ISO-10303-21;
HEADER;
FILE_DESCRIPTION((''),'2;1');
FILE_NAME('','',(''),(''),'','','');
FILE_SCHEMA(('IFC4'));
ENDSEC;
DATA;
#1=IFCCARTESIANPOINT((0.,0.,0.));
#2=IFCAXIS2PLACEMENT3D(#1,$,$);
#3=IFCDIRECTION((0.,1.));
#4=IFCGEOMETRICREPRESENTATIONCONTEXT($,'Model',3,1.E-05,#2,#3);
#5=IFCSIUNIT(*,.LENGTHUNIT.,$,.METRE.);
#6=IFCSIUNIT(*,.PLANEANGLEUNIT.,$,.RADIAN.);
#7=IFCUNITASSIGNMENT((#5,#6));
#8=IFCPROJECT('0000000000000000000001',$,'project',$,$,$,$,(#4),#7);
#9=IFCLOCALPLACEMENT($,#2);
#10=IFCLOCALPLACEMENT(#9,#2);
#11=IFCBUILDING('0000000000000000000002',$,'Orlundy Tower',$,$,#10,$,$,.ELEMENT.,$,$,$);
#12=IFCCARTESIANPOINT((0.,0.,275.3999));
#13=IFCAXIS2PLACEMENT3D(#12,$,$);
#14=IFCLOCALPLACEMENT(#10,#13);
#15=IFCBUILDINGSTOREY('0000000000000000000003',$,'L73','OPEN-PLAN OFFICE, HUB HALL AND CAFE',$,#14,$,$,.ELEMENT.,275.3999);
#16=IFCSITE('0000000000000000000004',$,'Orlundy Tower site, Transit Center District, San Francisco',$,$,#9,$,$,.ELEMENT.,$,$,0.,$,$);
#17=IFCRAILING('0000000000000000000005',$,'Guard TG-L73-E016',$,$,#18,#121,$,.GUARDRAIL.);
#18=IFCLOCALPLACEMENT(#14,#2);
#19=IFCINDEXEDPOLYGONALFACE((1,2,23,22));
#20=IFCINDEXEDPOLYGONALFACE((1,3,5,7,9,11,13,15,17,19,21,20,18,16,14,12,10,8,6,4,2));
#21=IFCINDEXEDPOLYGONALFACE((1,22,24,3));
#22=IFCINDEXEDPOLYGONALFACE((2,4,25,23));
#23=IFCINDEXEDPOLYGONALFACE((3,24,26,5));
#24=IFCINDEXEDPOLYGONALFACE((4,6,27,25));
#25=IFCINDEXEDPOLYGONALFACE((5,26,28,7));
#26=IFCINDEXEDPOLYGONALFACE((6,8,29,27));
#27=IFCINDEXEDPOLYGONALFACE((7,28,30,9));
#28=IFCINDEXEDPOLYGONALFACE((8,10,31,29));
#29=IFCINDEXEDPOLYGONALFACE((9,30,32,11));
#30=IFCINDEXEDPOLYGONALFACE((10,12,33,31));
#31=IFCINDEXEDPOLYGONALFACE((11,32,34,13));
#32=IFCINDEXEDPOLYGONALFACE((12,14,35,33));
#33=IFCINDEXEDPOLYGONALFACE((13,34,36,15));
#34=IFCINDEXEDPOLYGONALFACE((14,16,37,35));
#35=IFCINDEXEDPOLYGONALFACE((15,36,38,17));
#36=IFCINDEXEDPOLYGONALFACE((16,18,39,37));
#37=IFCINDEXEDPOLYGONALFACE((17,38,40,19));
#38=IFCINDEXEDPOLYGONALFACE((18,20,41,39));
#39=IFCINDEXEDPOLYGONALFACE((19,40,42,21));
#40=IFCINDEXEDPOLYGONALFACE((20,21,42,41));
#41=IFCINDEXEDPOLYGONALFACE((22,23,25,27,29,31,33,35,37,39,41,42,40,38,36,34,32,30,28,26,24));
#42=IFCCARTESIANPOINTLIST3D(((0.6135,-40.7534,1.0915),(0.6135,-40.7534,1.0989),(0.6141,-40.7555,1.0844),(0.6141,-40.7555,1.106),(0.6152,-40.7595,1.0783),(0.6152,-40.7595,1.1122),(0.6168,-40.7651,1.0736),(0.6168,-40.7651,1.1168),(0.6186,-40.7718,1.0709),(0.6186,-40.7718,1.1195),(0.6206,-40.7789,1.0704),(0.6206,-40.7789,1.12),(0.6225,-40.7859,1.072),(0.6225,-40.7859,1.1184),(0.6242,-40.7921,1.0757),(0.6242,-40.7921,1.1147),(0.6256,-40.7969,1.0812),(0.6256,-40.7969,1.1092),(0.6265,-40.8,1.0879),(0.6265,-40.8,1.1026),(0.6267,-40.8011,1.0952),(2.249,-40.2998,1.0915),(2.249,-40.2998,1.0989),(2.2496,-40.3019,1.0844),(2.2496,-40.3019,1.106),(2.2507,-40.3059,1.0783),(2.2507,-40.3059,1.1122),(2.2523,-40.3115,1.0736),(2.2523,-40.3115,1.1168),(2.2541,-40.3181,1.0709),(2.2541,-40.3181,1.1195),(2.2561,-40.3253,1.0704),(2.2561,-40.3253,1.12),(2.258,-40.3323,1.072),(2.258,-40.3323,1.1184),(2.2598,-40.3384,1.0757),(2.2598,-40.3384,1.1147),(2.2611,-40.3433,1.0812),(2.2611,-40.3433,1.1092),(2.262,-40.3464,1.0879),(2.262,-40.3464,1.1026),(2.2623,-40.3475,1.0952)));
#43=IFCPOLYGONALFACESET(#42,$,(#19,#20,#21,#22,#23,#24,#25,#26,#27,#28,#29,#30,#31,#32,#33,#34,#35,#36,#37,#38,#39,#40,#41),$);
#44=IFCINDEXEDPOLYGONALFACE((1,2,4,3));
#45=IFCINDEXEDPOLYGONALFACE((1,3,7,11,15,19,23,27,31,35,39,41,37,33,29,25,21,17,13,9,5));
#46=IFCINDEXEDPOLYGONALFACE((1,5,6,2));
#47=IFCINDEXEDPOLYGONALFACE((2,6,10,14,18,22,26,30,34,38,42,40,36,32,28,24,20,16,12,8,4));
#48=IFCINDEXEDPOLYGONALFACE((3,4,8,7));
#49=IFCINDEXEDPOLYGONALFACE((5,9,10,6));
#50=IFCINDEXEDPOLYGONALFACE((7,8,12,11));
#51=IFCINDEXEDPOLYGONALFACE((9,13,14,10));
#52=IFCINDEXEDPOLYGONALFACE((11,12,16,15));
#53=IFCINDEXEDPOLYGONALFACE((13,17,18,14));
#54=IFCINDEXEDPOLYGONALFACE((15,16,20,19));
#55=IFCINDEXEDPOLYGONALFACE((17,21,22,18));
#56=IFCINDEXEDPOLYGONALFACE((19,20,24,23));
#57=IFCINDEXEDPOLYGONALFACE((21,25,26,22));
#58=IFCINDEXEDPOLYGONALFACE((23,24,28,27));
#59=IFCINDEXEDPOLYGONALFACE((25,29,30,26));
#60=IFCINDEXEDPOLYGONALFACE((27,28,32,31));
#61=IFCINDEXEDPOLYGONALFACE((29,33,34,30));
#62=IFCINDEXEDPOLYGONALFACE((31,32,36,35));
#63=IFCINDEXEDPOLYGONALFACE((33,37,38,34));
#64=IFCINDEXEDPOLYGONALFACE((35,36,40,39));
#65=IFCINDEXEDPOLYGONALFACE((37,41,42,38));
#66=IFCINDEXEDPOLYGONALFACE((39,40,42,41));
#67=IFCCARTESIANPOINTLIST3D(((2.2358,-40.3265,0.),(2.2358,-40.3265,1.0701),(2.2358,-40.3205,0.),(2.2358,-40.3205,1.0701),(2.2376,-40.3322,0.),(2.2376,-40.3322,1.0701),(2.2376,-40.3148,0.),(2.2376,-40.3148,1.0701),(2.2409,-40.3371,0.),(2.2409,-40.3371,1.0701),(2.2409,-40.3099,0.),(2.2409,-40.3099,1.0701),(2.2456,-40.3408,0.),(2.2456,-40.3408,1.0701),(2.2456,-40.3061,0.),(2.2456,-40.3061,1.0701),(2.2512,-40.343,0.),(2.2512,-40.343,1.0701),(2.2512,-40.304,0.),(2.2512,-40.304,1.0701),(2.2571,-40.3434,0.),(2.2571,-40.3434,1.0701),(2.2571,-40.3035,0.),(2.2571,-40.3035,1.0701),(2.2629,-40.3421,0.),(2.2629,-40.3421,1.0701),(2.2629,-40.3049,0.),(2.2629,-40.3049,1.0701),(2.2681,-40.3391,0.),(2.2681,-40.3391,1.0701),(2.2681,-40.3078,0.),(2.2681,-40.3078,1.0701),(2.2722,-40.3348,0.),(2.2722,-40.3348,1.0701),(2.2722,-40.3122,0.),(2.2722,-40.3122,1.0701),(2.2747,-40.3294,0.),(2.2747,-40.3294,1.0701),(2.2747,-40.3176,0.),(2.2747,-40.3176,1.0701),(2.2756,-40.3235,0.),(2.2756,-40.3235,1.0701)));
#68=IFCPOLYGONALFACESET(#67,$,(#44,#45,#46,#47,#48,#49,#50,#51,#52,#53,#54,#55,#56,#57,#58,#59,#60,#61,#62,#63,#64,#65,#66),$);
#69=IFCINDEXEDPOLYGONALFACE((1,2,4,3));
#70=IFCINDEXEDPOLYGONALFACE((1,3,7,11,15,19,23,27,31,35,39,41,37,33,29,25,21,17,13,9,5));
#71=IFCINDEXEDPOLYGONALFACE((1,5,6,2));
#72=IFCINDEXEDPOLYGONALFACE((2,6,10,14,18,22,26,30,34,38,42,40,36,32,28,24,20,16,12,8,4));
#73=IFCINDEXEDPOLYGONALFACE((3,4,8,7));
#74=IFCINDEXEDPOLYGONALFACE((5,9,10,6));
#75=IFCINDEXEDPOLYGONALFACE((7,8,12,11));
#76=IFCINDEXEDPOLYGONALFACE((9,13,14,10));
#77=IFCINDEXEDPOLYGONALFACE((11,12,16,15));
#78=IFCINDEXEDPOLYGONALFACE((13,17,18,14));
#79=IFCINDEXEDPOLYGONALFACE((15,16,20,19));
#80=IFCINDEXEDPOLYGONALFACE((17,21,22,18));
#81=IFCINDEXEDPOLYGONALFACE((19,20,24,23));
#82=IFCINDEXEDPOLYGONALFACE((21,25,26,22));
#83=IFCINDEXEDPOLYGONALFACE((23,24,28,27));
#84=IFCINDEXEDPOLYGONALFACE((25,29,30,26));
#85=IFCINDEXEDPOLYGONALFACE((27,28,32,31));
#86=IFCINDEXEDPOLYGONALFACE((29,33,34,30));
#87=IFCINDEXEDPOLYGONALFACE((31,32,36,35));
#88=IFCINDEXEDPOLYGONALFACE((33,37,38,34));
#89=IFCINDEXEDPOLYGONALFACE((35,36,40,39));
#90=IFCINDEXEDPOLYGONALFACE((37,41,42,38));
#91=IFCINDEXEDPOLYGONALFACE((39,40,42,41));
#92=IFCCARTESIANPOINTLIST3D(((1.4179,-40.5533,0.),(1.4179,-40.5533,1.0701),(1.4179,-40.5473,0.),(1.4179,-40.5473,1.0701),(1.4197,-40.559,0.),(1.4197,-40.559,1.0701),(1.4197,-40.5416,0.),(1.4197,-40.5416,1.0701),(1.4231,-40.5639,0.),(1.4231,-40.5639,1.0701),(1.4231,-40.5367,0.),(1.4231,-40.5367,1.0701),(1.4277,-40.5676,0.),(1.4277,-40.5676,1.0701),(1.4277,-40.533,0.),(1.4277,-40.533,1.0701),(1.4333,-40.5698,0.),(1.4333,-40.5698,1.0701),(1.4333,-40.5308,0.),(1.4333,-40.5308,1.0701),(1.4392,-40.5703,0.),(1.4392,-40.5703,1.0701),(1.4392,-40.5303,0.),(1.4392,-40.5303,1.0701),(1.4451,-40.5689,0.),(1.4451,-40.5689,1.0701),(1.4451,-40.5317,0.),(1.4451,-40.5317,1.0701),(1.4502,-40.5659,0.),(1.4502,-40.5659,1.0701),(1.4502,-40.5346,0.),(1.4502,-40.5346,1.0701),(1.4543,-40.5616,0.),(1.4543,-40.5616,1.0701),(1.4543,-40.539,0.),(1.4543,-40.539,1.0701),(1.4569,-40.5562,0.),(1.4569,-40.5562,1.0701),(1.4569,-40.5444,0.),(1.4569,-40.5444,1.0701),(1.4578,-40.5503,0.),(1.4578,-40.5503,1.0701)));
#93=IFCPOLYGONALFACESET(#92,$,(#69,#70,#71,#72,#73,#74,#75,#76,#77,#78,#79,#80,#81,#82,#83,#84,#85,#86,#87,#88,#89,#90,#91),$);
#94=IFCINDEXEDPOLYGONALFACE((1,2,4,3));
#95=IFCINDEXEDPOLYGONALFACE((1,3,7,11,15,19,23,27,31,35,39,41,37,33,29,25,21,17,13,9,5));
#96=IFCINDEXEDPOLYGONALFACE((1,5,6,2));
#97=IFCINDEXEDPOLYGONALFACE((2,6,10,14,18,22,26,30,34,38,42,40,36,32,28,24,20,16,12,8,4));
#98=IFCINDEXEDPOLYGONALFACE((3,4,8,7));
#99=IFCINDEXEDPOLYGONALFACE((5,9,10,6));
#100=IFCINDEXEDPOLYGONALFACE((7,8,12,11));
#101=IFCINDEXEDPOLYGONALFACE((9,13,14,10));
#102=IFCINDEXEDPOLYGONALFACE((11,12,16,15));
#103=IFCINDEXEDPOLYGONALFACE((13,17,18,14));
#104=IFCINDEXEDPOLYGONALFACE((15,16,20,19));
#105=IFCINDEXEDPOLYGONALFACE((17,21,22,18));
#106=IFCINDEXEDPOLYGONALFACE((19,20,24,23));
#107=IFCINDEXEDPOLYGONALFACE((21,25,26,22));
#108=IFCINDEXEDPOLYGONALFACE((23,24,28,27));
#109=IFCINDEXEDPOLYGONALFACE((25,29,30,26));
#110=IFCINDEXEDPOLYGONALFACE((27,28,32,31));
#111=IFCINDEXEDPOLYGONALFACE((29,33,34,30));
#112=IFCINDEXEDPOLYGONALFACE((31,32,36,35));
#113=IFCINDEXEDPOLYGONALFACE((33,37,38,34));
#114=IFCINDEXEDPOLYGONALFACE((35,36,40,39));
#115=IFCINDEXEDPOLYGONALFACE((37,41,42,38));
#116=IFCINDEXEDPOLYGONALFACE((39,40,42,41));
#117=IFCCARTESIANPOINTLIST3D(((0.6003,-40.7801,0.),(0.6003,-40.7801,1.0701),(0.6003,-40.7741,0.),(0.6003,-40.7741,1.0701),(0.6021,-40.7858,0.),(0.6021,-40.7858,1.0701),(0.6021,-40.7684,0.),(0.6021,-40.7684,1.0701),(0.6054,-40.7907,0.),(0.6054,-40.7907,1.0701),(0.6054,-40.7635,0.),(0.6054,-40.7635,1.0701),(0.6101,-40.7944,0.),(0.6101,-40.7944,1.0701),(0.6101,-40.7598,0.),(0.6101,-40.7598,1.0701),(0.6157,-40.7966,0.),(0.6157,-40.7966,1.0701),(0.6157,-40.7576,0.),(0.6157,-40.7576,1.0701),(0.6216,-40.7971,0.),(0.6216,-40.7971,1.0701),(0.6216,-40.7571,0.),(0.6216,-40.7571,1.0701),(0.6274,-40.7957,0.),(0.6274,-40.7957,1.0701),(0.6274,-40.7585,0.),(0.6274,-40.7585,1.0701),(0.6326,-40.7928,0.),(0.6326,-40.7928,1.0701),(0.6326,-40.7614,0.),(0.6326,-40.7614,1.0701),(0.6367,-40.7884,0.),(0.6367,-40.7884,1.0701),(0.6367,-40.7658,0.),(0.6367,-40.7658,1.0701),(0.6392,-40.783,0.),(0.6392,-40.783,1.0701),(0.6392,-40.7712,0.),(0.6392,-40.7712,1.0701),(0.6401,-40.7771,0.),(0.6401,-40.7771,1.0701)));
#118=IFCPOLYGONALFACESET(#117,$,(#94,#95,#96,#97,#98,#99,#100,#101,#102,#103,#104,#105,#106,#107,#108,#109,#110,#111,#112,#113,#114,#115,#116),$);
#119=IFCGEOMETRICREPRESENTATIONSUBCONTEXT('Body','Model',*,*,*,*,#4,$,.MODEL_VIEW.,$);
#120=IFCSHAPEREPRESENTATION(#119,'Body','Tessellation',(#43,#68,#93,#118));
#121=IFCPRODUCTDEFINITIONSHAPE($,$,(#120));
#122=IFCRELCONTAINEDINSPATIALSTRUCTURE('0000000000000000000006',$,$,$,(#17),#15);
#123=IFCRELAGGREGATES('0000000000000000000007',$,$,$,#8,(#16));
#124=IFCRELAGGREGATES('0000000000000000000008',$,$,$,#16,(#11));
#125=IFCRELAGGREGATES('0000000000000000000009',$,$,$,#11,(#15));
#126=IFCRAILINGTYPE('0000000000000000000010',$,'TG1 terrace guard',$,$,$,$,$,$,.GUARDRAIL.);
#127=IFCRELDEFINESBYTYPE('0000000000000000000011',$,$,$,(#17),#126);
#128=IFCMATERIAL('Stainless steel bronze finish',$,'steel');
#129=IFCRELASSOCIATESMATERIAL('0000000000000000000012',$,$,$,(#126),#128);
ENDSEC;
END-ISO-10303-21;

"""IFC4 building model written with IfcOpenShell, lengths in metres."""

from ifc_helpers import new_model, si_unit, direction, frame, origin, origin_2d, place, context, subcontext, project, spatial, circle, extrude, material, type_object, element, save


model = new_model("IFC4")

# Units and contexts
model_context = context("Model", 3, precision=1e-05, world=origin(), true_north=direction((0.0, 1.0)))
body_context = subcontext(model_context, "Body", "Model", "MODEL_VIEW")
ifc_project = project(units=[si_unit("LENGTHUNIT", "METRE"), si_unit("PLANEANGLEUNIT", "RADIAN")], contexts=[model_context])

# Site, building, storey
site_placement = place(None, origin())
site = spatial("IfcSite", under=ifc_project, at=site_placement, Name="Orlundy Tower site, Transit Center District, San Francisco", CompositionType="ELEMENT", RefElevation=0.0)
building_placement = place(site_placement, origin())
building = spatial("IfcBuilding", under=site, at=building_placement, Name="Orlundy Tower", CompositionType="ELEMENT")
storey_placement = place(building_placement, frame((0.0, 0.0, 275.3999)))
storey = spatial("IfcBuildingStorey", under=building, at=storey_placement, Name="L73", Description="OPEN-PLAN OFFICE, HUB HALL AND CAFE", CompositionType="ELEMENT", Elevation=275.3999)

# Railing
ifc_material_1 = material(Name="Stainless steel bronze finish", Category="steel")
railing_type = type_object("IfcRailingType", Name="TG1 terrace guard", PredefinedType="GUARDRAIL", material=ifc_material_1)
railing_1_placement = place(storey_placement, frame((2.2556, -40.3235, 0.0)))
element("IfcRailing", 1, at=railing_1_placement, inside=storey, type_object=railing_type, Name="Guard TG-L73-E016", PredefinedType="GUARDRAIL", context=body_context, shape_type="SweptSolid", body=[
    extrude(circle(Radius=0.0249, at=origin_2d()), frame((0.0, 0.0, 1.0952), z_axis=(-0.963623, -0.267265, 0.0), x_axis=(0.267265, -0.963623, 0.0)), (0.0, 0.0, 1.0), 1.6973),
    extrude(circle(Radius=0.02, at=origin_2d()), origin(), (0.0, 0.0, 1.0), 1.0701),
    extrude(circle(Radius=0.02, at=origin_2d()), frame((-0.8179, -0.2268, 0.0)), (0.0, 0.0, 1.0), 1.0701),
    extrude(circle(Radius=0.02, at=origin_2d()), frame((-1.6355, -0.4536, 0.0)), (0.0, 0.0, 1.0), 1.0701),
])

save(model, "model.ifc")
